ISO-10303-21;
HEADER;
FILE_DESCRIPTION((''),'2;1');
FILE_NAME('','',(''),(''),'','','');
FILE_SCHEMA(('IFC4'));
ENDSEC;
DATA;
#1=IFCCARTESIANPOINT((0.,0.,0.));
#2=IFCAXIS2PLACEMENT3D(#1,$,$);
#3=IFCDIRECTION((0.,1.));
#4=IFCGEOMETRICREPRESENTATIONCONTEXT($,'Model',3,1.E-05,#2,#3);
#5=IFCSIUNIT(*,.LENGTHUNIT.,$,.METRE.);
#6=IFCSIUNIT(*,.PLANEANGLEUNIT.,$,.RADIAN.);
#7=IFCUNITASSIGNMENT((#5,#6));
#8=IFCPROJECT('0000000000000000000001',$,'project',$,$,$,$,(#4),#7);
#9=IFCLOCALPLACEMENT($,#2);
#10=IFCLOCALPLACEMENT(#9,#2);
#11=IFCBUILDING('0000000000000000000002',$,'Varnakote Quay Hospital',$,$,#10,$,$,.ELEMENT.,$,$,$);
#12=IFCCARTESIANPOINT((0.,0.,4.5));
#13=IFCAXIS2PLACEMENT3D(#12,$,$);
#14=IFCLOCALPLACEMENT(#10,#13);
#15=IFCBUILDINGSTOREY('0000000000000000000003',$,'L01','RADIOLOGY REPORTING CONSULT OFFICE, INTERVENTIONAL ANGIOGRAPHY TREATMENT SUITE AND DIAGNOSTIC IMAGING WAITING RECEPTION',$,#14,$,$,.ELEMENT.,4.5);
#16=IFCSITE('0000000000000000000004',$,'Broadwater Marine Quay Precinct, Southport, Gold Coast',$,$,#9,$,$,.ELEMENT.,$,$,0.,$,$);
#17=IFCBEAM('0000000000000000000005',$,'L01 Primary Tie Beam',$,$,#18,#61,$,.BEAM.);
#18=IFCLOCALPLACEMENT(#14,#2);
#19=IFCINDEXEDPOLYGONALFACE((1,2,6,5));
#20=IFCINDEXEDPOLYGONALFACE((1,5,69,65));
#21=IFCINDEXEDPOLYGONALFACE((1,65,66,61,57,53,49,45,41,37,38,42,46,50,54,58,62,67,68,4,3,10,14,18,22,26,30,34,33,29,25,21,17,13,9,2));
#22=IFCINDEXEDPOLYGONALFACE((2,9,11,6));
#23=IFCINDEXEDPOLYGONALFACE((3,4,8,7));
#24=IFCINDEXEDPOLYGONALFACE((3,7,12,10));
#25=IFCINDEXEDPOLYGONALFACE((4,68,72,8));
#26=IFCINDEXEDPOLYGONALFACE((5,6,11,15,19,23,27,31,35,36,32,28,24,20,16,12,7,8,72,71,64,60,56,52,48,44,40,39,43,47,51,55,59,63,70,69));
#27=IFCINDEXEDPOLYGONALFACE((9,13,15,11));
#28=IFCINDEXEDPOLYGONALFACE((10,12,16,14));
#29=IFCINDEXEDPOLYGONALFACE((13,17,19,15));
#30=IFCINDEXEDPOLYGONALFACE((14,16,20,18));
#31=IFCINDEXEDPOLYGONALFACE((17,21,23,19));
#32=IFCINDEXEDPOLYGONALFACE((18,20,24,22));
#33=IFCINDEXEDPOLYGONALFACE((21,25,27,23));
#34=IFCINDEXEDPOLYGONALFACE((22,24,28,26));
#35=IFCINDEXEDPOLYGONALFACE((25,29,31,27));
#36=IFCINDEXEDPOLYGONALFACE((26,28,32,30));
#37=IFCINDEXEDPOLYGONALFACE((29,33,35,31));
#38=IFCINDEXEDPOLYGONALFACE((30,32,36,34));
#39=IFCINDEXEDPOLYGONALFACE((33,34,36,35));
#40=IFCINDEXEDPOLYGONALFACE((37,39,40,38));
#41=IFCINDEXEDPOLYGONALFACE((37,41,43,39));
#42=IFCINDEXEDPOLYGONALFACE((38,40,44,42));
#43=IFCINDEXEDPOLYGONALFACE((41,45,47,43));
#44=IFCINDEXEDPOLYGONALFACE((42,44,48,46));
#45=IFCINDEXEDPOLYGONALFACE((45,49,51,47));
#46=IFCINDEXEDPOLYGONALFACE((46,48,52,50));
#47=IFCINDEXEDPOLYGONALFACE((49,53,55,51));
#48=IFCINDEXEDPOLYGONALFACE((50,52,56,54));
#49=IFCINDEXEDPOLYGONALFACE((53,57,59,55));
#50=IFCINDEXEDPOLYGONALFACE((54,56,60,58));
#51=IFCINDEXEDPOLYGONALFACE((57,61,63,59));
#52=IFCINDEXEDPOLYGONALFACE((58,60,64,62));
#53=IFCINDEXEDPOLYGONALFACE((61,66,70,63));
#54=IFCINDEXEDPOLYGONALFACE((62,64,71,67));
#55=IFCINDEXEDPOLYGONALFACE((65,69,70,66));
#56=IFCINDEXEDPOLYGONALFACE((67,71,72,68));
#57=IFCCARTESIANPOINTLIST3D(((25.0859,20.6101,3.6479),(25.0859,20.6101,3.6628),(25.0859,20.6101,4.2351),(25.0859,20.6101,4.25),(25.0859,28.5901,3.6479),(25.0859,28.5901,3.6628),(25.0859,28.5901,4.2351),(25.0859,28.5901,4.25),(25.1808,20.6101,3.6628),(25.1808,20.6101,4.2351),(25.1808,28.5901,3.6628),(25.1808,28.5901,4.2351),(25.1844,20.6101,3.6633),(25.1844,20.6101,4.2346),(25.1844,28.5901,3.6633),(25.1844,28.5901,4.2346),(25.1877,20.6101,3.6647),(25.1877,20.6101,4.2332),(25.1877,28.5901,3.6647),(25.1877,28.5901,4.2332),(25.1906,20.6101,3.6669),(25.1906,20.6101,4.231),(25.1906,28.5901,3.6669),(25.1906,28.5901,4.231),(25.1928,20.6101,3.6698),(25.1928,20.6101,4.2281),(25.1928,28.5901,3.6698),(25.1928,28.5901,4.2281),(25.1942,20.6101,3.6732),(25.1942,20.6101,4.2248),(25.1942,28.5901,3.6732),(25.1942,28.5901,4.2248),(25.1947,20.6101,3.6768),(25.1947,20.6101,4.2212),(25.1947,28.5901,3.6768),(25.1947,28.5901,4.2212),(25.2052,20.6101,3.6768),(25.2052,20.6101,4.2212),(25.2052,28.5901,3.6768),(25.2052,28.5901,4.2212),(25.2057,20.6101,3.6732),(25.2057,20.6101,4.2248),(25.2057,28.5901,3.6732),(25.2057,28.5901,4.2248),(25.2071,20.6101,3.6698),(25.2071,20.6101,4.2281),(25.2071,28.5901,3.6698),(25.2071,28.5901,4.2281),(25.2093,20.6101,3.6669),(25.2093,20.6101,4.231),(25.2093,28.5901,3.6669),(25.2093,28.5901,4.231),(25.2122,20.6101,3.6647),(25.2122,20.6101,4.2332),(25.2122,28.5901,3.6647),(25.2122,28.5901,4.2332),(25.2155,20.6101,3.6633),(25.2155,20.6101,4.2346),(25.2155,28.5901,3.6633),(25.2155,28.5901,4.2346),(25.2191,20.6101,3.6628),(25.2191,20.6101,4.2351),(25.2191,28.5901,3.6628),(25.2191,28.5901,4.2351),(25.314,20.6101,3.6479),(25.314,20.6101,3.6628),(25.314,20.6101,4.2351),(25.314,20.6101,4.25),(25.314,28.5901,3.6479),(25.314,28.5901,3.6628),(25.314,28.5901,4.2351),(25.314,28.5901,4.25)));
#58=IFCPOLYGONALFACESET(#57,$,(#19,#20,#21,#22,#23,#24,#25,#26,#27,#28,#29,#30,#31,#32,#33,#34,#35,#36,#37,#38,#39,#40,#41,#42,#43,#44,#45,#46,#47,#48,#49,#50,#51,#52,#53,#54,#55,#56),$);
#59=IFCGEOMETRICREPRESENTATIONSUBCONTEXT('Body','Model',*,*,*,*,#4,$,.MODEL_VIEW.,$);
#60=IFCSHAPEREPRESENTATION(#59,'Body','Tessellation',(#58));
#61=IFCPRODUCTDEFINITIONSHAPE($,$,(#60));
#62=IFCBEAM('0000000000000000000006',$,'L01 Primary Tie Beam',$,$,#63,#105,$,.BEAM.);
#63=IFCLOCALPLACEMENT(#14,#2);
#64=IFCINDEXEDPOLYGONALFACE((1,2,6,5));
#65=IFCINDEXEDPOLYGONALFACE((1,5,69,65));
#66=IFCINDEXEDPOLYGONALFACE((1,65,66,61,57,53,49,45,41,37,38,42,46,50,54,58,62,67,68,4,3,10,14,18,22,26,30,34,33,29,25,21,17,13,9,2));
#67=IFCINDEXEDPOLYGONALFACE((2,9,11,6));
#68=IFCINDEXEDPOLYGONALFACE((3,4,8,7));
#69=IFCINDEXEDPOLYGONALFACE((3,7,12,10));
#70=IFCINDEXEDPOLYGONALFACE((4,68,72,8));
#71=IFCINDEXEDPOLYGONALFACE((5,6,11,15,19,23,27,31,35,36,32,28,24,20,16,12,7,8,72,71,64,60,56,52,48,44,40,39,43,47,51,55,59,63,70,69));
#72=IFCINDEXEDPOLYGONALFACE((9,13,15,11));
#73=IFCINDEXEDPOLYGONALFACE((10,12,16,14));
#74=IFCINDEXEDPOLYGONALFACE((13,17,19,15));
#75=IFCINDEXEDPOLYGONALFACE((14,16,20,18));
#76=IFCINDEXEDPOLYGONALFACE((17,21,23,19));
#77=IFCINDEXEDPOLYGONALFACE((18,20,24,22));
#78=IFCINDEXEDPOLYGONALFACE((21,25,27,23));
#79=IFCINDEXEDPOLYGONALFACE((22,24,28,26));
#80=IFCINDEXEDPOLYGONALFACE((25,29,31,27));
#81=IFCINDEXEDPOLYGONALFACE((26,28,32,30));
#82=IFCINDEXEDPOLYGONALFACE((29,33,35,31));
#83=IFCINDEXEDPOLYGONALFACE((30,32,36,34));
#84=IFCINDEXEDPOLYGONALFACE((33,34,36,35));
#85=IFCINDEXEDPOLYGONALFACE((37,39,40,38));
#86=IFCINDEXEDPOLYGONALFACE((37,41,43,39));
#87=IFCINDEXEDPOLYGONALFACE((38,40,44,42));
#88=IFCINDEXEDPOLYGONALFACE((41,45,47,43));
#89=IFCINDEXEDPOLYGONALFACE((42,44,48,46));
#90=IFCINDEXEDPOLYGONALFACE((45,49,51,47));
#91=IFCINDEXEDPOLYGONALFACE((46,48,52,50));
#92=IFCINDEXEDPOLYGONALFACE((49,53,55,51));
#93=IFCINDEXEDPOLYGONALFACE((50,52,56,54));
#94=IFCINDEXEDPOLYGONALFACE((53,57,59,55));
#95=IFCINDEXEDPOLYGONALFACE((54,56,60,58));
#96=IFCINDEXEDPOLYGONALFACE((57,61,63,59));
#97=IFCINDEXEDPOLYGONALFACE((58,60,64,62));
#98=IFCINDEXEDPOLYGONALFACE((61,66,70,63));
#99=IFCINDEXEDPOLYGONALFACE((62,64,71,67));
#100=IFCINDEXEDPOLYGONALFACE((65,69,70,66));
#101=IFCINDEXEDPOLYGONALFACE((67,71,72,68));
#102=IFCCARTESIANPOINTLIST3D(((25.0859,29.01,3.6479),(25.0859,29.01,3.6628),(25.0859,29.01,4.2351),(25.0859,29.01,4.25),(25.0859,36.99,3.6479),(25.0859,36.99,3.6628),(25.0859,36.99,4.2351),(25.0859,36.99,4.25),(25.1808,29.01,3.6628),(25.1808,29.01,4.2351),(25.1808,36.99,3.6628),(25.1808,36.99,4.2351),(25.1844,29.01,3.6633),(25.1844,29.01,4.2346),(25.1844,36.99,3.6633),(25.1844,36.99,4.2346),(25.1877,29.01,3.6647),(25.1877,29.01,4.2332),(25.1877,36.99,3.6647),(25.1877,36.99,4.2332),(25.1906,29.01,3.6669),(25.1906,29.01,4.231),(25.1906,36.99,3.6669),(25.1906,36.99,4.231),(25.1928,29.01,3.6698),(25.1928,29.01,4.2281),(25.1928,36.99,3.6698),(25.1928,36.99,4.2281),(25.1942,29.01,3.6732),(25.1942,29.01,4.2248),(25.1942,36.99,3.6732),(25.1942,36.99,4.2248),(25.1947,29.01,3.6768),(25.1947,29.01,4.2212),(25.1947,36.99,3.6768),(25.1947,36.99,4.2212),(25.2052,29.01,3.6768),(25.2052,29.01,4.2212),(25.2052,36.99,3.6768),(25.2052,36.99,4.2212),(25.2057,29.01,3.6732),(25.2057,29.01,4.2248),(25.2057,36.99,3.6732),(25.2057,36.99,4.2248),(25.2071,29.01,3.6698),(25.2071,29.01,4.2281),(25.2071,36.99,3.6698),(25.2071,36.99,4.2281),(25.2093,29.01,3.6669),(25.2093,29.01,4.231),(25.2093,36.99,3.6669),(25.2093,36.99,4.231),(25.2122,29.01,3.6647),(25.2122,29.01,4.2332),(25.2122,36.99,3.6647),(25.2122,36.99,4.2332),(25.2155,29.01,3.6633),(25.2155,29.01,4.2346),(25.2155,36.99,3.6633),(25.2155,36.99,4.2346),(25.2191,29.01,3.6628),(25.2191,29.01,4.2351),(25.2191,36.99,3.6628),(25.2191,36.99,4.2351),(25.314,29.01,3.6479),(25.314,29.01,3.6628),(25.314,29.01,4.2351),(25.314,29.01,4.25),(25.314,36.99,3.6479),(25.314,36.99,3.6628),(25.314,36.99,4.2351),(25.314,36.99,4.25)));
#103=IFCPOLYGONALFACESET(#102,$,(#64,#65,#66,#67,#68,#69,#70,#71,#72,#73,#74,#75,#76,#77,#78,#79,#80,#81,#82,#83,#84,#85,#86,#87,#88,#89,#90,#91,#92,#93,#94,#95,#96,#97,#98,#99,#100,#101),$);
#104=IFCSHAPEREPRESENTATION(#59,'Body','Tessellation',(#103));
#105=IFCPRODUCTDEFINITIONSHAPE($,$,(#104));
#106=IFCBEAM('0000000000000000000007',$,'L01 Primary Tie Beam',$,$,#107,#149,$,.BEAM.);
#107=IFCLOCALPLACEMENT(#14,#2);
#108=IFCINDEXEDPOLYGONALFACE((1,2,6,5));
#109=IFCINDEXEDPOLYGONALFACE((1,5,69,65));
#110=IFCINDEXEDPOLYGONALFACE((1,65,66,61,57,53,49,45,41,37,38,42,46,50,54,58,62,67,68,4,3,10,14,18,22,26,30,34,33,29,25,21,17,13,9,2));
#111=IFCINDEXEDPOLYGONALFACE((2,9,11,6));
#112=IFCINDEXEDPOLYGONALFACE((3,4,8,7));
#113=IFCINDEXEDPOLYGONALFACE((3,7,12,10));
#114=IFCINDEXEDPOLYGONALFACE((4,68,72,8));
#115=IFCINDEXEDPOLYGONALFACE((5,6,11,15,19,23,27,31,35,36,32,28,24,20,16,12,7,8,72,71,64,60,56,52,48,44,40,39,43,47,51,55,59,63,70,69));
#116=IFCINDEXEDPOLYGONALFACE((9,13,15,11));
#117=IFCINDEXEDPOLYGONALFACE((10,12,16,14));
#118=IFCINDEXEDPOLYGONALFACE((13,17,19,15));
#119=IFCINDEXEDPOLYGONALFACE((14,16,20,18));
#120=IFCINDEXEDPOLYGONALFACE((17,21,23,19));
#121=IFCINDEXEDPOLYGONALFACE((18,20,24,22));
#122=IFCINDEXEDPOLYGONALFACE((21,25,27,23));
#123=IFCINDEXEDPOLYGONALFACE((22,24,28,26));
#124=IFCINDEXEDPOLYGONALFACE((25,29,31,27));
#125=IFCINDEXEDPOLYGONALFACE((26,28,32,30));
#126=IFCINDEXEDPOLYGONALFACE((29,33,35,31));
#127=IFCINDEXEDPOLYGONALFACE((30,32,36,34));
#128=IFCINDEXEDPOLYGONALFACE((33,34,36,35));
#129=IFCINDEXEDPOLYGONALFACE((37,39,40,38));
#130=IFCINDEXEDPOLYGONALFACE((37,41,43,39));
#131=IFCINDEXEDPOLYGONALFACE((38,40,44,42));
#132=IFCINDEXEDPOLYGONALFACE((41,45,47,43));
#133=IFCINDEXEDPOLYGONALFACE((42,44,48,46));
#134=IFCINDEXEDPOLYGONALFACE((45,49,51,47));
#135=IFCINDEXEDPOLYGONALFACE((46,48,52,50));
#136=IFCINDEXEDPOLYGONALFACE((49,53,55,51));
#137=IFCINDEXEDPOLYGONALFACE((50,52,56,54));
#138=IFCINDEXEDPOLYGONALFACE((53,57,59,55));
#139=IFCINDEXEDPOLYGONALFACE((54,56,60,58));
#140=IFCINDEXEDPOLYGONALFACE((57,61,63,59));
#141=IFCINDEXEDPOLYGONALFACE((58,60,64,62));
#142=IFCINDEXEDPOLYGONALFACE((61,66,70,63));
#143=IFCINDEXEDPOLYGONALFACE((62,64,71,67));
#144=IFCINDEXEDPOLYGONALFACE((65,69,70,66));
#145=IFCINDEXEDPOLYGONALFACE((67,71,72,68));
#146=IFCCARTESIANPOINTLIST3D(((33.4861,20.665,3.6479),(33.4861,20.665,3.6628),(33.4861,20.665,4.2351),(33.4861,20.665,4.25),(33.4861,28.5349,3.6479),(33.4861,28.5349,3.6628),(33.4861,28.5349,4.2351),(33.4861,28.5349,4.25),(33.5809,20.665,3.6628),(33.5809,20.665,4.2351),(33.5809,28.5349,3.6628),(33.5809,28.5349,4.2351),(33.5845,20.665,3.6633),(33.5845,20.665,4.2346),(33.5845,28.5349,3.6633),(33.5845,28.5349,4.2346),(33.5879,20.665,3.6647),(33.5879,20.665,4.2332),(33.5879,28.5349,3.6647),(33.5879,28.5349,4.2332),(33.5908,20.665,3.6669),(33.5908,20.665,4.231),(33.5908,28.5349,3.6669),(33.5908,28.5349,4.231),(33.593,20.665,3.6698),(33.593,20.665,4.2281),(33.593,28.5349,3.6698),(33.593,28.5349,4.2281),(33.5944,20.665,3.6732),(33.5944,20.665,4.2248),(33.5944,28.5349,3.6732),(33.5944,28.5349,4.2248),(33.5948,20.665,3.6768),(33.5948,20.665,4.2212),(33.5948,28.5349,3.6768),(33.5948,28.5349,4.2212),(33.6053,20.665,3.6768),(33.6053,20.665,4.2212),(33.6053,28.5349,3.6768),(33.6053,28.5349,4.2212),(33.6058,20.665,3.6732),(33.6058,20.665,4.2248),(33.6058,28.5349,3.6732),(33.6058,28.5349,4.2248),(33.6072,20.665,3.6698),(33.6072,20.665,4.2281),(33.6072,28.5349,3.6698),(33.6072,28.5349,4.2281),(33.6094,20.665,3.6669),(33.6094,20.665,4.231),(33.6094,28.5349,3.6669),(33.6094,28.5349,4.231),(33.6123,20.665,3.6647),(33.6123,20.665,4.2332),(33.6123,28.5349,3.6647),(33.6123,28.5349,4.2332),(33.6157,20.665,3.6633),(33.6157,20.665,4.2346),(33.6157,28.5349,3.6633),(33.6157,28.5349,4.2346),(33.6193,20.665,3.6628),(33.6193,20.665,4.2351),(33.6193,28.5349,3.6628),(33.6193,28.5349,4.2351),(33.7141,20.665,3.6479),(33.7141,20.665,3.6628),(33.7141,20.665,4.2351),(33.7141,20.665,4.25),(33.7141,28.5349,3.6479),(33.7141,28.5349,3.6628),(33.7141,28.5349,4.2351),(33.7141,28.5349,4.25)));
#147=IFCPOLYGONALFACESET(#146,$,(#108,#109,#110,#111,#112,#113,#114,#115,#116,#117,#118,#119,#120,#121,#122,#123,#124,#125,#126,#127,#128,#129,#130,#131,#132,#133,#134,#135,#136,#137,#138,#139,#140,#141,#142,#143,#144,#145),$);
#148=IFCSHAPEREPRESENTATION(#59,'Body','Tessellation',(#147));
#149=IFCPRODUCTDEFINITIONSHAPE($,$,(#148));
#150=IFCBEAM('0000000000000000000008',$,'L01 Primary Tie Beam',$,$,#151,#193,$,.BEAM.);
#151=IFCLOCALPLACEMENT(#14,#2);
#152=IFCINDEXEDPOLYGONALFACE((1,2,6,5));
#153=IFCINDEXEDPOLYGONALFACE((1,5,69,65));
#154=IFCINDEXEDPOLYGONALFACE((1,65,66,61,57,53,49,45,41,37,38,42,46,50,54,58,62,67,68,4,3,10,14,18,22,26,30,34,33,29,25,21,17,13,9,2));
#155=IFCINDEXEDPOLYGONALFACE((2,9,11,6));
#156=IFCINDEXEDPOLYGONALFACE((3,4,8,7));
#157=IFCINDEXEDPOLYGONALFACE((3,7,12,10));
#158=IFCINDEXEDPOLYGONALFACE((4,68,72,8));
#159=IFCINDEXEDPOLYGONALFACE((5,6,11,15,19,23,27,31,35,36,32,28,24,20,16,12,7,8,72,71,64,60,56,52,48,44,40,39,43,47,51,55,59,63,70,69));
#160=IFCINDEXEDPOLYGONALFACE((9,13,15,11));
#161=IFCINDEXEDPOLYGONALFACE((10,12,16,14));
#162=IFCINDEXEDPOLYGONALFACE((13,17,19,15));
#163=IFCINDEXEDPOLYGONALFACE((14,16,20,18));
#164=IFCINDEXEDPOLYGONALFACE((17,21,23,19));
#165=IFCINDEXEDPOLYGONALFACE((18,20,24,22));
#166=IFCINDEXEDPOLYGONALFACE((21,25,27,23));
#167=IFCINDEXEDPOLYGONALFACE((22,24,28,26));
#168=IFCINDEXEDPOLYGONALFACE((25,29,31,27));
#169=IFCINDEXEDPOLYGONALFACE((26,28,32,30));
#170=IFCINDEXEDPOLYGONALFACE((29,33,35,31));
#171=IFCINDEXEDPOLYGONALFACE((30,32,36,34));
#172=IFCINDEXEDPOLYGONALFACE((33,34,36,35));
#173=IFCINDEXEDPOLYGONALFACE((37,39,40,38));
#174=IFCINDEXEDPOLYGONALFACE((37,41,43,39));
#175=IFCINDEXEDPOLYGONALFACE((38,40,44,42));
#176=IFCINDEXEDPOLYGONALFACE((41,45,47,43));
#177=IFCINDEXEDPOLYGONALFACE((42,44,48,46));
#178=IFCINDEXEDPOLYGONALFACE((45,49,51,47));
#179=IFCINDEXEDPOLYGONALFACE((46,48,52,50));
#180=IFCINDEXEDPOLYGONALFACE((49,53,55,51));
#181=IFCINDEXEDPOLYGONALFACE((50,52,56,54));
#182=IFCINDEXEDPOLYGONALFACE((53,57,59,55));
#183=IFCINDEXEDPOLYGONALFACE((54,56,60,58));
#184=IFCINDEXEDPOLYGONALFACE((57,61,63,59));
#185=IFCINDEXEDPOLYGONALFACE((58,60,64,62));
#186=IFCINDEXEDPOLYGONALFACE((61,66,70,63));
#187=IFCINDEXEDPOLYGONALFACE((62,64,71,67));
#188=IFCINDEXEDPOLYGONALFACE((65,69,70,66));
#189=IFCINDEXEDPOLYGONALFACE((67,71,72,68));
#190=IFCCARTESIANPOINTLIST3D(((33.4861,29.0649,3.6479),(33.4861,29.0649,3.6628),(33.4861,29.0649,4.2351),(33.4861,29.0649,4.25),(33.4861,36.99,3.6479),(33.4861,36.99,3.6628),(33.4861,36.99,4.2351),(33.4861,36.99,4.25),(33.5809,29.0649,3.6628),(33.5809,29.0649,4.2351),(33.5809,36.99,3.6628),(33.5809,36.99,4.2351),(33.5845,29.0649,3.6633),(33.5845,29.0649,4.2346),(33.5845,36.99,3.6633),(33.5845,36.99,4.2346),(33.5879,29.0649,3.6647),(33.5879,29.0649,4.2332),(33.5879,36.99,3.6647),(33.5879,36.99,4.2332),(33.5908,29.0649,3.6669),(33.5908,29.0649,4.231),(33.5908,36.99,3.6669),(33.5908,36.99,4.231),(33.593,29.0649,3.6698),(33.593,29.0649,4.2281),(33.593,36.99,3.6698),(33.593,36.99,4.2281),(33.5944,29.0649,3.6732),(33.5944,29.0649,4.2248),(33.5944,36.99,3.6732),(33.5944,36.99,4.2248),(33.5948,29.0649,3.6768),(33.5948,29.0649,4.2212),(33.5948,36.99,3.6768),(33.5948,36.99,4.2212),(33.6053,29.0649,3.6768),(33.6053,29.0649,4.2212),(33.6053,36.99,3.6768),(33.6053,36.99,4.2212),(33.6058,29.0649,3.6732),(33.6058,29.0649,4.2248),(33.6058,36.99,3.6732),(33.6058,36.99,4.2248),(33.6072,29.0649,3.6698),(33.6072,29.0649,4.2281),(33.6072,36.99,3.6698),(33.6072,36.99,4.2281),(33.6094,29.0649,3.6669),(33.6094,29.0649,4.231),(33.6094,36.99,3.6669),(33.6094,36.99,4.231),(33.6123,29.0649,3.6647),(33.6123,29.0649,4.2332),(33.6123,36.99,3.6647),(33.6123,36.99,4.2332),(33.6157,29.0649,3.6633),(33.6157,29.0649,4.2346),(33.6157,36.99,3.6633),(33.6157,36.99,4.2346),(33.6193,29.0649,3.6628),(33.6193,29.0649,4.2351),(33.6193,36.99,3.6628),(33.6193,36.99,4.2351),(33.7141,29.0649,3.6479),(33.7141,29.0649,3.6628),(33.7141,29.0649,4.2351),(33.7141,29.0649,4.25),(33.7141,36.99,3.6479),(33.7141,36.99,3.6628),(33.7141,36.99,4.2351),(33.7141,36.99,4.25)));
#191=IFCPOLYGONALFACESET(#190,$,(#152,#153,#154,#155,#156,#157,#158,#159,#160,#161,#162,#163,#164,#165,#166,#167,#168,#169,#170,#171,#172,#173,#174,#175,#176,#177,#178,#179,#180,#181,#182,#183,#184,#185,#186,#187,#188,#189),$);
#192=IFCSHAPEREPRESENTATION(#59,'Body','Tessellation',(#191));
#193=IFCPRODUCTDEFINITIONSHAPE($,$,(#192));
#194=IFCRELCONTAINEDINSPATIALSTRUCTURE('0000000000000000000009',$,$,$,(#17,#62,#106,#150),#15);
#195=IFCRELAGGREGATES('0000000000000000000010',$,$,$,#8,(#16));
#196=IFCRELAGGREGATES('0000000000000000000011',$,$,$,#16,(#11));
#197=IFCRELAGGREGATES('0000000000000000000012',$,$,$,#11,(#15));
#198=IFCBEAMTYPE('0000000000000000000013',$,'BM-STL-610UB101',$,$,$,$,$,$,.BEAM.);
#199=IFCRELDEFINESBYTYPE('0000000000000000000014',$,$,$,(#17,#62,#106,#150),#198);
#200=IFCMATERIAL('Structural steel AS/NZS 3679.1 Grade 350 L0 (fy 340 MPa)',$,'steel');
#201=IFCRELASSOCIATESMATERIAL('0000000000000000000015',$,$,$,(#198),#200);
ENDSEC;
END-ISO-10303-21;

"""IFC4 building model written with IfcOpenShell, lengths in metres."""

from ifc_helpers import new_model, si_unit, direction, frame, origin, origin_2d, place, context, subcontext, project, spatial, i_section, extrude, material, material_profile, profile_set, type_object, element, save


model = new_model("IFC4")

# Units and contexts
model_context = context("Model", 3, precision=1e-05, world=origin(), true_north=direction((0.0, 1.0)))
body_context = subcontext(model_context, "Body", "Model", "MODEL_VIEW")
ifc_project = project(units=[si_unit("LENGTHUNIT", "METRE"), si_unit("PLANEANGLEUNIT", "RADIAN")], contexts=[model_context])

# Site, building, storey
site_placement = place(None, origin())
site = spatial("IfcSite", under=ifc_project, at=site_placement, Name="Broadwater Marine Quay Precinct, Southport, Gold Coast", CompositionType="ELEMENT", RefElevation=0.0)
building_placement = place(site_placement, origin())
building = spatial("IfcBuilding", under=site, at=building_placement, Name="Varnakote Quay Hospital", CompositionType="ELEMENT")
storey_placement = place(building_placement, frame((0.0, 0.0, 4.5)))
storey = spatial("IfcBuildingStorey", under=building, at=storey_placement, Name="L01", Description="RADIOLOGY REPORTING CONSULT OFFICE, INTERVENTIONAL ANGIOGRAPHY TREATMENT SUITE AND DIAGNOSTIC IMAGING WAITING RECEPTION", CompositionType="ELEMENT", Elevation=4.5)

# Beams
ifc_material_1 = material(Name="Structural steel AS/NZS 3679.1 Grade 350 L0 (fy 340 MPa)", Category="steel")
ifc_material_profile_1 = material_profile(ifc_material_1, i_section(OverallWidth=0.228, OverallDepth=0.6021, WebThickness=0.0105, FlangeThickness=0.0149, FilletRadius=0.0139, at=origin_2d()), Name="610UB101")
ifc_profile_set_1 = profile_set([ifc_material_profile_1], Name="Structural steel AS/NZS 3679.1 Grade 350 L0 (fy 340 MPa)")
beam_type_1 = type_object("IfcBeamType", Name="BM-STL-610UB101", PredefinedType="BEAM", material=ifc_profile_set_1)
for number, where, z_axis, x_axis, name in (
    (1, (25.2, 20.6101, 3.949), (0.0, 1.0, 0.0), (-1.0, 0.0, 0.0), "L01 Primary Tie Beam"),
    (2, (25.2, 29.01, 3.949), (0.0, 1.0, 0.0), (-1.0, 0.0, 0.0), "L01 Primary Tie Beam"),
):
    element("IfcBeam", number, at=place(storey_placement, frame(where, z_axis=z_axis, x_axis=x_axis)), inside=storey, type_object=beam_type_1, Name=name, PredefinedType="BEAM", context=body_context, shape_type="SweptSolid", body=[
        extrude(i_section(OverallWidth=0.228, OverallDepth=0.6021, WebThickness=0.0105, FlangeThickness=0.0149, FilletRadius=0.0139, at=origin_2d()), origin(), (0.0, 0.0, 1.0), 7.98),
    ])
beam_1_placement = place(storey_placement, frame((33.6001, 20.665, 3.949), z_axis=(0.0, 1.0, 0.0), x_axis=(-1.0, 0.0, 0.0)))
element("IfcBeam", 3, at=beam_1_placement, inside=storey, type_object=beam_type_1, Name="L01 Primary Tie Beam", PredefinedType="BEAM", context=body_context, shape_type="SweptSolid", body=[
    extrude(i_section(OverallWidth=0.228, OverallDepth=0.6021, WebThickness=0.0105, FlangeThickness=0.0149, FilletRadius=0.0139, at=origin_2d()), origin(), (0.0, 0.0, 1.0), 7.8699),
])
beam_2_placement = place(storey_placement, frame((33.6001, 29.0649, 3.949), z_axis=(0.0, 1.0, 0.0), x_axis=(-1.0, 0.0, 0.0)))
element("IfcBeam", 4, at=beam_2_placement, inside=storey, type_object=beam_type_1, Name="L01 Primary Tie Beam", PredefinedType="BEAM", context=body_context, shape_type="SweptSolid", body=[
    extrude(i_section(OverallWidth=0.228, OverallDepth=0.6021, WebThickness=0.0105, FlangeThickness=0.0149, FilletRadius=0.0139, at=origin_2d()), origin(), (0.0, 0.0, 1.0), 7.925),
])

save(model, "model.ifc")
